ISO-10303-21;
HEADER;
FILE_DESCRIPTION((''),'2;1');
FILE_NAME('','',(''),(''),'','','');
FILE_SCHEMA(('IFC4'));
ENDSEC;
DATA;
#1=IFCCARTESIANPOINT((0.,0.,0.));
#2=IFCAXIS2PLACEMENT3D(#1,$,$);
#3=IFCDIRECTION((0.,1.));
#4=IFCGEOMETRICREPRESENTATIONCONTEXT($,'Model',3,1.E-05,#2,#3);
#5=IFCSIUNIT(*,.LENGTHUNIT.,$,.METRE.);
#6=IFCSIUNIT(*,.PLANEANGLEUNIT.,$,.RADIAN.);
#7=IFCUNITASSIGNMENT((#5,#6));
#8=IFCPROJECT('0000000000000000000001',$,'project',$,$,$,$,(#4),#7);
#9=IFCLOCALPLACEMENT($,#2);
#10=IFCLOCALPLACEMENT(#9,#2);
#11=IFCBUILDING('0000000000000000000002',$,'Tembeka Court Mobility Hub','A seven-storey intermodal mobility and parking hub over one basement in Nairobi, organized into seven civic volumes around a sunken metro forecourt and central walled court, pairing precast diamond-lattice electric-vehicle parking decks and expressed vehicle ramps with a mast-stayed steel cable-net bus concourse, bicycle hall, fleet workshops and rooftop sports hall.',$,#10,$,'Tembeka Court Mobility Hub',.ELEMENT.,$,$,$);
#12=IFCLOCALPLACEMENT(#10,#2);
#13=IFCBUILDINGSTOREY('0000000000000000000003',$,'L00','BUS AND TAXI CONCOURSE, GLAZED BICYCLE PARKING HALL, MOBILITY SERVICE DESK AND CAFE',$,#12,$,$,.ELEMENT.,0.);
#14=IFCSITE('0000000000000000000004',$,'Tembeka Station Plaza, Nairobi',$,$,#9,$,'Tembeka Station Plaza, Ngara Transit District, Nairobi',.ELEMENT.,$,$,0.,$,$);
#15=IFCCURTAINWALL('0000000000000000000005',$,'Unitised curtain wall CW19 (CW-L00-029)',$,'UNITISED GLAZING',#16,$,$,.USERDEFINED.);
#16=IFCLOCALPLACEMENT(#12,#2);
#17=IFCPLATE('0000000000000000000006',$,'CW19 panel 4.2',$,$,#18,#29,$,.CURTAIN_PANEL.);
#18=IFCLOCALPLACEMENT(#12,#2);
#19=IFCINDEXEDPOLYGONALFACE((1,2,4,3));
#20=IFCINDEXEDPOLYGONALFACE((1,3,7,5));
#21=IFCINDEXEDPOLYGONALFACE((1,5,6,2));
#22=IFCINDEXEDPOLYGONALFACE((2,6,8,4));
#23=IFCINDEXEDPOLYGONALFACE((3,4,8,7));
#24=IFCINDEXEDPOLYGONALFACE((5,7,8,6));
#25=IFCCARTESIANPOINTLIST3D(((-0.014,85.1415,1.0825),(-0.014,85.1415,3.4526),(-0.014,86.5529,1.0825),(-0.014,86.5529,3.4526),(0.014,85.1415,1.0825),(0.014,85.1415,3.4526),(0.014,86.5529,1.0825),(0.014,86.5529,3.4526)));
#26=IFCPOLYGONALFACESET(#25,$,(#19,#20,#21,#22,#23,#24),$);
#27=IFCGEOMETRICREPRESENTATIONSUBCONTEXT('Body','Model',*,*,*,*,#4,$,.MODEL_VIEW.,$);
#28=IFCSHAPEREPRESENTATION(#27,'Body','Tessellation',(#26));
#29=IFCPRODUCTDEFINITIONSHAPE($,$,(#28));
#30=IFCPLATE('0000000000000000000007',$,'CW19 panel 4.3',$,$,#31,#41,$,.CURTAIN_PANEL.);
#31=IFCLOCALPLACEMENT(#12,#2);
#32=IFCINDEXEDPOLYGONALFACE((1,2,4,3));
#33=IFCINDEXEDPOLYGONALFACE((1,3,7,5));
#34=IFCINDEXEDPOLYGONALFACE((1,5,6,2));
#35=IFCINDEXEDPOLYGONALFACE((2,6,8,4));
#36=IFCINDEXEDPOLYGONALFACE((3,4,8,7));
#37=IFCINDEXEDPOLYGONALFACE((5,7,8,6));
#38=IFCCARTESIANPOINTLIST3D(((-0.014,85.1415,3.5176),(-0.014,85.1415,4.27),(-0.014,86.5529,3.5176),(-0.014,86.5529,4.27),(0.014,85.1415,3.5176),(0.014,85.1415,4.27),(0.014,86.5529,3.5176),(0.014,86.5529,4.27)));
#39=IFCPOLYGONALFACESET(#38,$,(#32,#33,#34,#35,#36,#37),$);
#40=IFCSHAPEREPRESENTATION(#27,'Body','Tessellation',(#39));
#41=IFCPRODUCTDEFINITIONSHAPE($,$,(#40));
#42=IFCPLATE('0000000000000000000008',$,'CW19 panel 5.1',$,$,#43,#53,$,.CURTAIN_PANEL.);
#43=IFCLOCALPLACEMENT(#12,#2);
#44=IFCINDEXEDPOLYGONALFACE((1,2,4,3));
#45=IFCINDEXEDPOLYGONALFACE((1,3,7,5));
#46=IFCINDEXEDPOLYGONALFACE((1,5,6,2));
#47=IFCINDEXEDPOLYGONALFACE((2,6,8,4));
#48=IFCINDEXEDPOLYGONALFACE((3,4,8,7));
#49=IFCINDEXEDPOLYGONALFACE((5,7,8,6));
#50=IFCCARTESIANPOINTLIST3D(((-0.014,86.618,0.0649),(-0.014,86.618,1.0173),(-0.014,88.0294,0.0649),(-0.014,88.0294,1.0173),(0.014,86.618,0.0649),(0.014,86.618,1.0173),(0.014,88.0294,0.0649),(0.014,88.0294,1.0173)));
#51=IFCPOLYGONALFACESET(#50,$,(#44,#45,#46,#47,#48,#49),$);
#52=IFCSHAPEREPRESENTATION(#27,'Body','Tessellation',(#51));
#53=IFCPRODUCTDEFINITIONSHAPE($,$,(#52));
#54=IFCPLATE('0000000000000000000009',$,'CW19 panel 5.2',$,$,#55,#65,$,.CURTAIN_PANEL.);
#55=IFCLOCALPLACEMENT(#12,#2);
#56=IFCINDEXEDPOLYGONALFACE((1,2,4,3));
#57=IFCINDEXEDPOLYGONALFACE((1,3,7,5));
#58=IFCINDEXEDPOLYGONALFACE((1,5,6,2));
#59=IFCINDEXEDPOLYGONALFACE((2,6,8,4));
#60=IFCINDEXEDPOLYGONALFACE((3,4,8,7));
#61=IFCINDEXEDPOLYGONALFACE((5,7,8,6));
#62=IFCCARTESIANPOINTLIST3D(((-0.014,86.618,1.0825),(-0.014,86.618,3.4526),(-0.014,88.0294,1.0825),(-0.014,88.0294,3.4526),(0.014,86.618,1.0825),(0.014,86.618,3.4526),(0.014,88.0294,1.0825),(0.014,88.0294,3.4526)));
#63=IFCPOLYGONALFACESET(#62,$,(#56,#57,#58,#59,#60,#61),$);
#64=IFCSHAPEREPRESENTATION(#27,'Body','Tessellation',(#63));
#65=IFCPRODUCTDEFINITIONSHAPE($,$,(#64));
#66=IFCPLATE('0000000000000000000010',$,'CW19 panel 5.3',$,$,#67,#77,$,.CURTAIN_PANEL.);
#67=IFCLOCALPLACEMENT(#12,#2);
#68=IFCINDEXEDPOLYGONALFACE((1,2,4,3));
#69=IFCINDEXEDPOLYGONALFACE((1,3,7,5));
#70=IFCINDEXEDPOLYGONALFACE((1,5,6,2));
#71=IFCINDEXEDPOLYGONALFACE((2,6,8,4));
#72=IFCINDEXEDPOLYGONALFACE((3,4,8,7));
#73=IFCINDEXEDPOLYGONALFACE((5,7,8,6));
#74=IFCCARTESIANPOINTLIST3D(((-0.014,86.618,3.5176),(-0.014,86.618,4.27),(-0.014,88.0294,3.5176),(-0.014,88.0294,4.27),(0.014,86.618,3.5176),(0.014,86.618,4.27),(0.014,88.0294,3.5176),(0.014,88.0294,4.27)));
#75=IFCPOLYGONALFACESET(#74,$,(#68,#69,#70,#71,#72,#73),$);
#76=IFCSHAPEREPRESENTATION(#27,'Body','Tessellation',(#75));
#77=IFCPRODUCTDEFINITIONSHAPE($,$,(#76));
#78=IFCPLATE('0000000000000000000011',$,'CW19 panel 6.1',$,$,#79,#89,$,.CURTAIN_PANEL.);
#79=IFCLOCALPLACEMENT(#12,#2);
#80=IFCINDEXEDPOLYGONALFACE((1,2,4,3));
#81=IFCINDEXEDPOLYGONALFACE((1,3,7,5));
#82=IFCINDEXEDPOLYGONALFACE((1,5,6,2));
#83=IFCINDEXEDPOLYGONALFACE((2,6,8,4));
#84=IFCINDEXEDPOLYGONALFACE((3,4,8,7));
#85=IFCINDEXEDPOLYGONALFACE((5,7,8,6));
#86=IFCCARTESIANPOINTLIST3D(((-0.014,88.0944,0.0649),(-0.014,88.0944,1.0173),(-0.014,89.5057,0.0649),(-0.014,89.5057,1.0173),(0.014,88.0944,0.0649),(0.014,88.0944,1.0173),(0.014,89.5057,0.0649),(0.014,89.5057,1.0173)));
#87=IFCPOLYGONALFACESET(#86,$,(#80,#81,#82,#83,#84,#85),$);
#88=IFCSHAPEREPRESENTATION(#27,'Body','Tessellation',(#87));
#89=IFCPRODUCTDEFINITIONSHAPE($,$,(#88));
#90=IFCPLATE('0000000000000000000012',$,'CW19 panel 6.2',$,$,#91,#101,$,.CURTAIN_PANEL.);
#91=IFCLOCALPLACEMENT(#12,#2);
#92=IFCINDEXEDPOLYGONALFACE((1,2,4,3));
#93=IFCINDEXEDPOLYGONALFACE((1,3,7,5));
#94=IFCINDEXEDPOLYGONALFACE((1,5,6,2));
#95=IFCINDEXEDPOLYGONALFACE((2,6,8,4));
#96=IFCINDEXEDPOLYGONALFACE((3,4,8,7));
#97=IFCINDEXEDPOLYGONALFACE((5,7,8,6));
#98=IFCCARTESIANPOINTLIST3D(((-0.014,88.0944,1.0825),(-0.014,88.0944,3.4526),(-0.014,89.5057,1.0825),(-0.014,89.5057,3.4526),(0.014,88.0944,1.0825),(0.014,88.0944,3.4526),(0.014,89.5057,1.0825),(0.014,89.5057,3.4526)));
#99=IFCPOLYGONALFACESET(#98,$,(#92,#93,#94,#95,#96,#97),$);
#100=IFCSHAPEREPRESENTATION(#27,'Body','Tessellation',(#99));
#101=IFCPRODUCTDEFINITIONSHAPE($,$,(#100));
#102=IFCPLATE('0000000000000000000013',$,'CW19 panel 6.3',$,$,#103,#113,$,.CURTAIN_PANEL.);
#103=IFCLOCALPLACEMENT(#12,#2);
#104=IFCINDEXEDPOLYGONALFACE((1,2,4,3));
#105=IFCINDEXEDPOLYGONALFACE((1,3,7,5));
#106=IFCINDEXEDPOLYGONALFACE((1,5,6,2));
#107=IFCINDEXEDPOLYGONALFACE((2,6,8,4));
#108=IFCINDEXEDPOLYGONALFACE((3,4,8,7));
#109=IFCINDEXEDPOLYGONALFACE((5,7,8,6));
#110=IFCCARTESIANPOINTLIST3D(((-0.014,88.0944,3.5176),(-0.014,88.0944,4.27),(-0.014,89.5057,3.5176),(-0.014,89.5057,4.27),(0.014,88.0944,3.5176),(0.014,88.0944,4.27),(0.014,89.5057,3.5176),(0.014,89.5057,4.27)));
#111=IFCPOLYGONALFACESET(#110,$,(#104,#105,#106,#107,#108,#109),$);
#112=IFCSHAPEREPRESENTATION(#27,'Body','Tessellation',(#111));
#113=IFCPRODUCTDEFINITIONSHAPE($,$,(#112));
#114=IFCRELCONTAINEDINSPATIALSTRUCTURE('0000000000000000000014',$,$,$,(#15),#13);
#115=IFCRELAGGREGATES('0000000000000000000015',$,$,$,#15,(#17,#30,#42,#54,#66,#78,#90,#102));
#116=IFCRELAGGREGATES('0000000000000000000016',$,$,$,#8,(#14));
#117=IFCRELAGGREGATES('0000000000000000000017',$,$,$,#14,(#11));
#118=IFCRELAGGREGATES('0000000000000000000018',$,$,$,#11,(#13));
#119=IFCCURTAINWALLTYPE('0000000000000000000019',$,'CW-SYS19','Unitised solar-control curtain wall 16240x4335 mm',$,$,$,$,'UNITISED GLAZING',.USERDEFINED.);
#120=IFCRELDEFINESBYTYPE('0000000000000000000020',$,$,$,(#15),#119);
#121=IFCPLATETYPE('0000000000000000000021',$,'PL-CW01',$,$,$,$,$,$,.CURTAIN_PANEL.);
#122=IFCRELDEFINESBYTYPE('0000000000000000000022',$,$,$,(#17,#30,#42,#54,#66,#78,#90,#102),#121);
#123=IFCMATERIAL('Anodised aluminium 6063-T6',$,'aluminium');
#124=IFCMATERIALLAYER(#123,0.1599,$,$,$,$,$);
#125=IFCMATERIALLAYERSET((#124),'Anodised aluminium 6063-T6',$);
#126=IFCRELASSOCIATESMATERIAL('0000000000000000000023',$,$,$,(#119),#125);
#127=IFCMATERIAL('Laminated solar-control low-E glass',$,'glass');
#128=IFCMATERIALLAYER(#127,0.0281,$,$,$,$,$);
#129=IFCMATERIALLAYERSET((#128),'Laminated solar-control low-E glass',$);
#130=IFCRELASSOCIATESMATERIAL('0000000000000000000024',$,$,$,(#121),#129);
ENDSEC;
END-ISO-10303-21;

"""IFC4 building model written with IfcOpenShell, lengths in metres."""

from ifc_helpers import new_model, si_unit, direction, frame, origin, origin_2d, place, context, subcontext, project, spatial, rectangle, extrude, material, layer, layer_set, type_object, element, aggregate, save


model = new_model("IFC4")

# Units and contexts
model_context = context("Model", 3, precision=1e-05, world=origin(), true_north=direction((0.0, 1.0)))
body_context = subcontext(model_context, "Body", "Model", "MODEL_VIEW")
ifc_project = project(units=[si_unit("LENGTHUNIT", "METRE"), si_unit("PLANEANGLEUNIT", "RADIAN")], contexts=[model_context])

# Site, building, storey
site_placement = place(None, origin())
site = spatial("IfcSite", under=ifc_project, at=site_placement, Name="Tembeka Station Plaza, Nairobi", LongName="Tembeka Station Plaza, Ngara Transit District, Nairobi", CompositionType="ELEMENT", RefElevation=0.0)
building_placement = place(site_placement, origin())
building = spatial("IfcBuilding", under=site, at=building_placement, Name="Tembeka Court Mobility Hub", Description="A seven-storey intermodal mobility and parking hub over one basement in Nairobi, organized into seven civic volumes around a sunken metro forecourt and central walled court, pairing precast diamond-lattice electric-vehicle parking decks and expressed vehicle ramps with a mast-stayed steel cable-net bus concourse, bicycle hall, fleet workshops and rooftop sports hall.", LongName="Tembeka Court Mobility Hub", CompositionType="ELEMENT")
storey_placement = place(building_placement, origin())
storey = spatial("IfcBuildingStorey", under=building, at=storey_placement, Name="L00", Description="BUS AND TAXI CONCOURSE, GLAZED BICYCLE PARKING HALL, MOBILITY SERVICE DESK AND CAFE", CompositionType="ELEMENT", Elevation=0.0)

# Curtain wall, plates
ifc_material_1 = material(Name="Anodised aluminium 6063-T6", Category="aluminium")
ifc_layer_1 = layer(ifc_material_1, 0.1599)
ifc_layer_set_1 = layer_set([ifc_layer_1], Name="Anodised aluminium 6063-T6")
curtain_wall_type = type_object("IfcCurtainWallType", Name="CW-SYS19", Description="Unitised solar-control curtain wall 16240x4335 mm", ElementType="UNITISED GLAZING", PredefinedType="USERDEFINED", material=ifc_layer_set_1)
curtain_wall_placement = place(storey_placement, origin())
curtain_wall = element("IfcCurtainWall", 1, at=curtain_wall_placement, inside=storey, type_object=curtain_wall_type, Name="Unitised curtain wall CW19 (CW-L00-029)", ObjectType="UNITISED GLAZING", PredefinedType="USERDEFINED")
ifc_material_2 = material(Name="Laminated solar-control low-E glass", Category="glass")
ifc_layer_2 = layer(ifc_material_2, 0.0281)
ifc_layer_set_2 = layer_set([ifc_layer_2], Name="Laminated solar-control low-E glass")
plate_type = type_object("IfcPlateType", Name="PL-CW01", PredefinedType="CURTAIN_PANEL", material=ifc_layer_set_2)
plate_1_placement = place(storey_placement, frame((0.0, 85.8472, 1.0825), z_axis=(0.0, 0.0, 1.0), x_axis=(0.0, 1.0, 0.0)))
plate_1 = element("IfcPlate", 2, at=plate_1_placement, type_object=plate_type, Name="CW19 panel 4.2", PredefinedType="CURTAIN_PANEL", context=body_context, shape_type="SweptSolid", body=[
    extrude(rectangle(XDim=1.4114, YDim=0.0281, at=origin_2d()), origin(), (0.0, 0.0, 1.0), 2.3701),
])
plate_2_placement = place(storey_placement, frame((0.0, 85.8472, 3.5176), z_axis=(0.0, 0.0, 1.0), x_axis=(0.0, 1.0, 0.0)))
plate_2 = element("IfcPlate", 3, at=plate_2_placement, type_object=plate_type, Name="CW19 panel 4.3", PredefinedType="CURTAIN_PANEL", context=body_context, shape_type="SweptSolid", body=[
    extrude(rectangle(XDim=1.4114, YDim=0.0281, at=origin_2d()), origin(), (0.0, 0.0, 1.0), 0.7524),
])
plate_3_placement = place(storey_placement, frame((0.0, 87.3237, 0.0649), z_axis=(0.0, 0.0, 1.0), x_axis=(0.0, 1.0, 0.0)))
plate_3 = element("IfcPlate", 4, at=plate_3_placement, type_object=plate_type, Name="CW19 panel 5.1", PredefinedType="CURTAIN_PANEL", context=body_context, shape_type="SweptSolid", body=[
    extrude(rectangle(XDim=1.4114, YDim=0.0281, at=origin_2d()), origin(), (0.0, 0.0, 1.0), 0.9524),
])
plate_4_placement = place(storey_placement, frame((0.0, 87.3237, 1.0825), z_axis=(0.0, 0.0, 1.0), x_axis=(0.0, 1.0, 0.0)))
plate_4 = element("IfcPlate", 5, at=plate_4_placement, type_object=plate_type, Name="CW19 panel 5.2", PredefinedType="CURTAIN_PANEL", context=body_context, shape_type="SweptSolid", body=[
    extrude(rectangle(XDim=1.4114, YDim=0.0281, at=origin_2d()), origin(), (0.0, 0.0, 1.0), 2.3701),
])
plate_5_placement = place(storey_placement, frame((0.0, 87.3237, 3.5176), z_axis=(0.0, 0.0, 1.0), x_axis=(0.0, 1.0, 0.0)))
plate_5 = element("IfcPlate", 6, at=plate_5_placement, type_object=plate_type, Name="CW19 panel 5.3", PredefinedType="CURTAIN_PANEL", context=body_context, shape_type="SweptSolid", body=[
    extrude(rectangle(XDim=1.4114, YDim=0.0281, at=origin_2d()), origin(), (0.0, 0.0, 1.0), 0.7524),
])
plate_6_placement = place(storey_placement, frame((0.0, 88.8, 0.0649), z_axis=(0.0, 0.0, 1.0), x_axis=(0.0, 1.0, 0.0)))
plate_6 = element("IfcPlate", 7, at=plate_6_placement, type_object=plate_type, Name="CW19 panel 6.1", PredefinedType="CURTAIN_PANEL", context=body_context, shape_type="SweptSolid", body=[
    extrude(rectangle(XDim=1.4114, YDim=0.0281, at=origin_2d()), origin(), (0.0, 0.0, 1.0), 0.9524),
])
plate_7_placement = place(storey_placement, frame((0.0, 88.8, 1.0825), z_axis=(0.0, 0.0, 1.0), x_axis=(0.0, 1.0, 0.0)))
plate_7 = element("IfcPlate", 8, at=plate_7_placement, type_object=plate_type, Name="CW19 panel 6.2", PredefinedType="CURTAIN_PANEL", context=body_context, shape_type="SweptSolid", body=[
    extrude(rectangle(XDim=1.4114, YDim=0.0281, at=origin_2d()), origin(), (0.0, 0.0, 1.0), 2.3701),
])
plate_8_placement = place(storey_placement, frame((0.0, 88.8, 3.5176), z_axis=(0.0, 0.0, 1.0), x_axis=(0.0, 1.0, 0.0)))
plate_8 = element("IfcPlate", 9, at=plate_8_placement, type_object=plate_type, Name="CW19 panel 6.3", PredefinedType="CURTAIN_PANEL", context=body_context, shape_type="SweptSolid", body=[
    extrude(rectangle(XDim=1.4114, YDim=0.0281, at=origin_2d()), origin(), (0.0, 0.0, 1.0), 0.7524),
])
aggregate(curtain_wall, [plate_1, plate_2, plate_3, plate_4, plate_5, plate_6, plate_7, plate_8])

save(model, "model.ifc")
